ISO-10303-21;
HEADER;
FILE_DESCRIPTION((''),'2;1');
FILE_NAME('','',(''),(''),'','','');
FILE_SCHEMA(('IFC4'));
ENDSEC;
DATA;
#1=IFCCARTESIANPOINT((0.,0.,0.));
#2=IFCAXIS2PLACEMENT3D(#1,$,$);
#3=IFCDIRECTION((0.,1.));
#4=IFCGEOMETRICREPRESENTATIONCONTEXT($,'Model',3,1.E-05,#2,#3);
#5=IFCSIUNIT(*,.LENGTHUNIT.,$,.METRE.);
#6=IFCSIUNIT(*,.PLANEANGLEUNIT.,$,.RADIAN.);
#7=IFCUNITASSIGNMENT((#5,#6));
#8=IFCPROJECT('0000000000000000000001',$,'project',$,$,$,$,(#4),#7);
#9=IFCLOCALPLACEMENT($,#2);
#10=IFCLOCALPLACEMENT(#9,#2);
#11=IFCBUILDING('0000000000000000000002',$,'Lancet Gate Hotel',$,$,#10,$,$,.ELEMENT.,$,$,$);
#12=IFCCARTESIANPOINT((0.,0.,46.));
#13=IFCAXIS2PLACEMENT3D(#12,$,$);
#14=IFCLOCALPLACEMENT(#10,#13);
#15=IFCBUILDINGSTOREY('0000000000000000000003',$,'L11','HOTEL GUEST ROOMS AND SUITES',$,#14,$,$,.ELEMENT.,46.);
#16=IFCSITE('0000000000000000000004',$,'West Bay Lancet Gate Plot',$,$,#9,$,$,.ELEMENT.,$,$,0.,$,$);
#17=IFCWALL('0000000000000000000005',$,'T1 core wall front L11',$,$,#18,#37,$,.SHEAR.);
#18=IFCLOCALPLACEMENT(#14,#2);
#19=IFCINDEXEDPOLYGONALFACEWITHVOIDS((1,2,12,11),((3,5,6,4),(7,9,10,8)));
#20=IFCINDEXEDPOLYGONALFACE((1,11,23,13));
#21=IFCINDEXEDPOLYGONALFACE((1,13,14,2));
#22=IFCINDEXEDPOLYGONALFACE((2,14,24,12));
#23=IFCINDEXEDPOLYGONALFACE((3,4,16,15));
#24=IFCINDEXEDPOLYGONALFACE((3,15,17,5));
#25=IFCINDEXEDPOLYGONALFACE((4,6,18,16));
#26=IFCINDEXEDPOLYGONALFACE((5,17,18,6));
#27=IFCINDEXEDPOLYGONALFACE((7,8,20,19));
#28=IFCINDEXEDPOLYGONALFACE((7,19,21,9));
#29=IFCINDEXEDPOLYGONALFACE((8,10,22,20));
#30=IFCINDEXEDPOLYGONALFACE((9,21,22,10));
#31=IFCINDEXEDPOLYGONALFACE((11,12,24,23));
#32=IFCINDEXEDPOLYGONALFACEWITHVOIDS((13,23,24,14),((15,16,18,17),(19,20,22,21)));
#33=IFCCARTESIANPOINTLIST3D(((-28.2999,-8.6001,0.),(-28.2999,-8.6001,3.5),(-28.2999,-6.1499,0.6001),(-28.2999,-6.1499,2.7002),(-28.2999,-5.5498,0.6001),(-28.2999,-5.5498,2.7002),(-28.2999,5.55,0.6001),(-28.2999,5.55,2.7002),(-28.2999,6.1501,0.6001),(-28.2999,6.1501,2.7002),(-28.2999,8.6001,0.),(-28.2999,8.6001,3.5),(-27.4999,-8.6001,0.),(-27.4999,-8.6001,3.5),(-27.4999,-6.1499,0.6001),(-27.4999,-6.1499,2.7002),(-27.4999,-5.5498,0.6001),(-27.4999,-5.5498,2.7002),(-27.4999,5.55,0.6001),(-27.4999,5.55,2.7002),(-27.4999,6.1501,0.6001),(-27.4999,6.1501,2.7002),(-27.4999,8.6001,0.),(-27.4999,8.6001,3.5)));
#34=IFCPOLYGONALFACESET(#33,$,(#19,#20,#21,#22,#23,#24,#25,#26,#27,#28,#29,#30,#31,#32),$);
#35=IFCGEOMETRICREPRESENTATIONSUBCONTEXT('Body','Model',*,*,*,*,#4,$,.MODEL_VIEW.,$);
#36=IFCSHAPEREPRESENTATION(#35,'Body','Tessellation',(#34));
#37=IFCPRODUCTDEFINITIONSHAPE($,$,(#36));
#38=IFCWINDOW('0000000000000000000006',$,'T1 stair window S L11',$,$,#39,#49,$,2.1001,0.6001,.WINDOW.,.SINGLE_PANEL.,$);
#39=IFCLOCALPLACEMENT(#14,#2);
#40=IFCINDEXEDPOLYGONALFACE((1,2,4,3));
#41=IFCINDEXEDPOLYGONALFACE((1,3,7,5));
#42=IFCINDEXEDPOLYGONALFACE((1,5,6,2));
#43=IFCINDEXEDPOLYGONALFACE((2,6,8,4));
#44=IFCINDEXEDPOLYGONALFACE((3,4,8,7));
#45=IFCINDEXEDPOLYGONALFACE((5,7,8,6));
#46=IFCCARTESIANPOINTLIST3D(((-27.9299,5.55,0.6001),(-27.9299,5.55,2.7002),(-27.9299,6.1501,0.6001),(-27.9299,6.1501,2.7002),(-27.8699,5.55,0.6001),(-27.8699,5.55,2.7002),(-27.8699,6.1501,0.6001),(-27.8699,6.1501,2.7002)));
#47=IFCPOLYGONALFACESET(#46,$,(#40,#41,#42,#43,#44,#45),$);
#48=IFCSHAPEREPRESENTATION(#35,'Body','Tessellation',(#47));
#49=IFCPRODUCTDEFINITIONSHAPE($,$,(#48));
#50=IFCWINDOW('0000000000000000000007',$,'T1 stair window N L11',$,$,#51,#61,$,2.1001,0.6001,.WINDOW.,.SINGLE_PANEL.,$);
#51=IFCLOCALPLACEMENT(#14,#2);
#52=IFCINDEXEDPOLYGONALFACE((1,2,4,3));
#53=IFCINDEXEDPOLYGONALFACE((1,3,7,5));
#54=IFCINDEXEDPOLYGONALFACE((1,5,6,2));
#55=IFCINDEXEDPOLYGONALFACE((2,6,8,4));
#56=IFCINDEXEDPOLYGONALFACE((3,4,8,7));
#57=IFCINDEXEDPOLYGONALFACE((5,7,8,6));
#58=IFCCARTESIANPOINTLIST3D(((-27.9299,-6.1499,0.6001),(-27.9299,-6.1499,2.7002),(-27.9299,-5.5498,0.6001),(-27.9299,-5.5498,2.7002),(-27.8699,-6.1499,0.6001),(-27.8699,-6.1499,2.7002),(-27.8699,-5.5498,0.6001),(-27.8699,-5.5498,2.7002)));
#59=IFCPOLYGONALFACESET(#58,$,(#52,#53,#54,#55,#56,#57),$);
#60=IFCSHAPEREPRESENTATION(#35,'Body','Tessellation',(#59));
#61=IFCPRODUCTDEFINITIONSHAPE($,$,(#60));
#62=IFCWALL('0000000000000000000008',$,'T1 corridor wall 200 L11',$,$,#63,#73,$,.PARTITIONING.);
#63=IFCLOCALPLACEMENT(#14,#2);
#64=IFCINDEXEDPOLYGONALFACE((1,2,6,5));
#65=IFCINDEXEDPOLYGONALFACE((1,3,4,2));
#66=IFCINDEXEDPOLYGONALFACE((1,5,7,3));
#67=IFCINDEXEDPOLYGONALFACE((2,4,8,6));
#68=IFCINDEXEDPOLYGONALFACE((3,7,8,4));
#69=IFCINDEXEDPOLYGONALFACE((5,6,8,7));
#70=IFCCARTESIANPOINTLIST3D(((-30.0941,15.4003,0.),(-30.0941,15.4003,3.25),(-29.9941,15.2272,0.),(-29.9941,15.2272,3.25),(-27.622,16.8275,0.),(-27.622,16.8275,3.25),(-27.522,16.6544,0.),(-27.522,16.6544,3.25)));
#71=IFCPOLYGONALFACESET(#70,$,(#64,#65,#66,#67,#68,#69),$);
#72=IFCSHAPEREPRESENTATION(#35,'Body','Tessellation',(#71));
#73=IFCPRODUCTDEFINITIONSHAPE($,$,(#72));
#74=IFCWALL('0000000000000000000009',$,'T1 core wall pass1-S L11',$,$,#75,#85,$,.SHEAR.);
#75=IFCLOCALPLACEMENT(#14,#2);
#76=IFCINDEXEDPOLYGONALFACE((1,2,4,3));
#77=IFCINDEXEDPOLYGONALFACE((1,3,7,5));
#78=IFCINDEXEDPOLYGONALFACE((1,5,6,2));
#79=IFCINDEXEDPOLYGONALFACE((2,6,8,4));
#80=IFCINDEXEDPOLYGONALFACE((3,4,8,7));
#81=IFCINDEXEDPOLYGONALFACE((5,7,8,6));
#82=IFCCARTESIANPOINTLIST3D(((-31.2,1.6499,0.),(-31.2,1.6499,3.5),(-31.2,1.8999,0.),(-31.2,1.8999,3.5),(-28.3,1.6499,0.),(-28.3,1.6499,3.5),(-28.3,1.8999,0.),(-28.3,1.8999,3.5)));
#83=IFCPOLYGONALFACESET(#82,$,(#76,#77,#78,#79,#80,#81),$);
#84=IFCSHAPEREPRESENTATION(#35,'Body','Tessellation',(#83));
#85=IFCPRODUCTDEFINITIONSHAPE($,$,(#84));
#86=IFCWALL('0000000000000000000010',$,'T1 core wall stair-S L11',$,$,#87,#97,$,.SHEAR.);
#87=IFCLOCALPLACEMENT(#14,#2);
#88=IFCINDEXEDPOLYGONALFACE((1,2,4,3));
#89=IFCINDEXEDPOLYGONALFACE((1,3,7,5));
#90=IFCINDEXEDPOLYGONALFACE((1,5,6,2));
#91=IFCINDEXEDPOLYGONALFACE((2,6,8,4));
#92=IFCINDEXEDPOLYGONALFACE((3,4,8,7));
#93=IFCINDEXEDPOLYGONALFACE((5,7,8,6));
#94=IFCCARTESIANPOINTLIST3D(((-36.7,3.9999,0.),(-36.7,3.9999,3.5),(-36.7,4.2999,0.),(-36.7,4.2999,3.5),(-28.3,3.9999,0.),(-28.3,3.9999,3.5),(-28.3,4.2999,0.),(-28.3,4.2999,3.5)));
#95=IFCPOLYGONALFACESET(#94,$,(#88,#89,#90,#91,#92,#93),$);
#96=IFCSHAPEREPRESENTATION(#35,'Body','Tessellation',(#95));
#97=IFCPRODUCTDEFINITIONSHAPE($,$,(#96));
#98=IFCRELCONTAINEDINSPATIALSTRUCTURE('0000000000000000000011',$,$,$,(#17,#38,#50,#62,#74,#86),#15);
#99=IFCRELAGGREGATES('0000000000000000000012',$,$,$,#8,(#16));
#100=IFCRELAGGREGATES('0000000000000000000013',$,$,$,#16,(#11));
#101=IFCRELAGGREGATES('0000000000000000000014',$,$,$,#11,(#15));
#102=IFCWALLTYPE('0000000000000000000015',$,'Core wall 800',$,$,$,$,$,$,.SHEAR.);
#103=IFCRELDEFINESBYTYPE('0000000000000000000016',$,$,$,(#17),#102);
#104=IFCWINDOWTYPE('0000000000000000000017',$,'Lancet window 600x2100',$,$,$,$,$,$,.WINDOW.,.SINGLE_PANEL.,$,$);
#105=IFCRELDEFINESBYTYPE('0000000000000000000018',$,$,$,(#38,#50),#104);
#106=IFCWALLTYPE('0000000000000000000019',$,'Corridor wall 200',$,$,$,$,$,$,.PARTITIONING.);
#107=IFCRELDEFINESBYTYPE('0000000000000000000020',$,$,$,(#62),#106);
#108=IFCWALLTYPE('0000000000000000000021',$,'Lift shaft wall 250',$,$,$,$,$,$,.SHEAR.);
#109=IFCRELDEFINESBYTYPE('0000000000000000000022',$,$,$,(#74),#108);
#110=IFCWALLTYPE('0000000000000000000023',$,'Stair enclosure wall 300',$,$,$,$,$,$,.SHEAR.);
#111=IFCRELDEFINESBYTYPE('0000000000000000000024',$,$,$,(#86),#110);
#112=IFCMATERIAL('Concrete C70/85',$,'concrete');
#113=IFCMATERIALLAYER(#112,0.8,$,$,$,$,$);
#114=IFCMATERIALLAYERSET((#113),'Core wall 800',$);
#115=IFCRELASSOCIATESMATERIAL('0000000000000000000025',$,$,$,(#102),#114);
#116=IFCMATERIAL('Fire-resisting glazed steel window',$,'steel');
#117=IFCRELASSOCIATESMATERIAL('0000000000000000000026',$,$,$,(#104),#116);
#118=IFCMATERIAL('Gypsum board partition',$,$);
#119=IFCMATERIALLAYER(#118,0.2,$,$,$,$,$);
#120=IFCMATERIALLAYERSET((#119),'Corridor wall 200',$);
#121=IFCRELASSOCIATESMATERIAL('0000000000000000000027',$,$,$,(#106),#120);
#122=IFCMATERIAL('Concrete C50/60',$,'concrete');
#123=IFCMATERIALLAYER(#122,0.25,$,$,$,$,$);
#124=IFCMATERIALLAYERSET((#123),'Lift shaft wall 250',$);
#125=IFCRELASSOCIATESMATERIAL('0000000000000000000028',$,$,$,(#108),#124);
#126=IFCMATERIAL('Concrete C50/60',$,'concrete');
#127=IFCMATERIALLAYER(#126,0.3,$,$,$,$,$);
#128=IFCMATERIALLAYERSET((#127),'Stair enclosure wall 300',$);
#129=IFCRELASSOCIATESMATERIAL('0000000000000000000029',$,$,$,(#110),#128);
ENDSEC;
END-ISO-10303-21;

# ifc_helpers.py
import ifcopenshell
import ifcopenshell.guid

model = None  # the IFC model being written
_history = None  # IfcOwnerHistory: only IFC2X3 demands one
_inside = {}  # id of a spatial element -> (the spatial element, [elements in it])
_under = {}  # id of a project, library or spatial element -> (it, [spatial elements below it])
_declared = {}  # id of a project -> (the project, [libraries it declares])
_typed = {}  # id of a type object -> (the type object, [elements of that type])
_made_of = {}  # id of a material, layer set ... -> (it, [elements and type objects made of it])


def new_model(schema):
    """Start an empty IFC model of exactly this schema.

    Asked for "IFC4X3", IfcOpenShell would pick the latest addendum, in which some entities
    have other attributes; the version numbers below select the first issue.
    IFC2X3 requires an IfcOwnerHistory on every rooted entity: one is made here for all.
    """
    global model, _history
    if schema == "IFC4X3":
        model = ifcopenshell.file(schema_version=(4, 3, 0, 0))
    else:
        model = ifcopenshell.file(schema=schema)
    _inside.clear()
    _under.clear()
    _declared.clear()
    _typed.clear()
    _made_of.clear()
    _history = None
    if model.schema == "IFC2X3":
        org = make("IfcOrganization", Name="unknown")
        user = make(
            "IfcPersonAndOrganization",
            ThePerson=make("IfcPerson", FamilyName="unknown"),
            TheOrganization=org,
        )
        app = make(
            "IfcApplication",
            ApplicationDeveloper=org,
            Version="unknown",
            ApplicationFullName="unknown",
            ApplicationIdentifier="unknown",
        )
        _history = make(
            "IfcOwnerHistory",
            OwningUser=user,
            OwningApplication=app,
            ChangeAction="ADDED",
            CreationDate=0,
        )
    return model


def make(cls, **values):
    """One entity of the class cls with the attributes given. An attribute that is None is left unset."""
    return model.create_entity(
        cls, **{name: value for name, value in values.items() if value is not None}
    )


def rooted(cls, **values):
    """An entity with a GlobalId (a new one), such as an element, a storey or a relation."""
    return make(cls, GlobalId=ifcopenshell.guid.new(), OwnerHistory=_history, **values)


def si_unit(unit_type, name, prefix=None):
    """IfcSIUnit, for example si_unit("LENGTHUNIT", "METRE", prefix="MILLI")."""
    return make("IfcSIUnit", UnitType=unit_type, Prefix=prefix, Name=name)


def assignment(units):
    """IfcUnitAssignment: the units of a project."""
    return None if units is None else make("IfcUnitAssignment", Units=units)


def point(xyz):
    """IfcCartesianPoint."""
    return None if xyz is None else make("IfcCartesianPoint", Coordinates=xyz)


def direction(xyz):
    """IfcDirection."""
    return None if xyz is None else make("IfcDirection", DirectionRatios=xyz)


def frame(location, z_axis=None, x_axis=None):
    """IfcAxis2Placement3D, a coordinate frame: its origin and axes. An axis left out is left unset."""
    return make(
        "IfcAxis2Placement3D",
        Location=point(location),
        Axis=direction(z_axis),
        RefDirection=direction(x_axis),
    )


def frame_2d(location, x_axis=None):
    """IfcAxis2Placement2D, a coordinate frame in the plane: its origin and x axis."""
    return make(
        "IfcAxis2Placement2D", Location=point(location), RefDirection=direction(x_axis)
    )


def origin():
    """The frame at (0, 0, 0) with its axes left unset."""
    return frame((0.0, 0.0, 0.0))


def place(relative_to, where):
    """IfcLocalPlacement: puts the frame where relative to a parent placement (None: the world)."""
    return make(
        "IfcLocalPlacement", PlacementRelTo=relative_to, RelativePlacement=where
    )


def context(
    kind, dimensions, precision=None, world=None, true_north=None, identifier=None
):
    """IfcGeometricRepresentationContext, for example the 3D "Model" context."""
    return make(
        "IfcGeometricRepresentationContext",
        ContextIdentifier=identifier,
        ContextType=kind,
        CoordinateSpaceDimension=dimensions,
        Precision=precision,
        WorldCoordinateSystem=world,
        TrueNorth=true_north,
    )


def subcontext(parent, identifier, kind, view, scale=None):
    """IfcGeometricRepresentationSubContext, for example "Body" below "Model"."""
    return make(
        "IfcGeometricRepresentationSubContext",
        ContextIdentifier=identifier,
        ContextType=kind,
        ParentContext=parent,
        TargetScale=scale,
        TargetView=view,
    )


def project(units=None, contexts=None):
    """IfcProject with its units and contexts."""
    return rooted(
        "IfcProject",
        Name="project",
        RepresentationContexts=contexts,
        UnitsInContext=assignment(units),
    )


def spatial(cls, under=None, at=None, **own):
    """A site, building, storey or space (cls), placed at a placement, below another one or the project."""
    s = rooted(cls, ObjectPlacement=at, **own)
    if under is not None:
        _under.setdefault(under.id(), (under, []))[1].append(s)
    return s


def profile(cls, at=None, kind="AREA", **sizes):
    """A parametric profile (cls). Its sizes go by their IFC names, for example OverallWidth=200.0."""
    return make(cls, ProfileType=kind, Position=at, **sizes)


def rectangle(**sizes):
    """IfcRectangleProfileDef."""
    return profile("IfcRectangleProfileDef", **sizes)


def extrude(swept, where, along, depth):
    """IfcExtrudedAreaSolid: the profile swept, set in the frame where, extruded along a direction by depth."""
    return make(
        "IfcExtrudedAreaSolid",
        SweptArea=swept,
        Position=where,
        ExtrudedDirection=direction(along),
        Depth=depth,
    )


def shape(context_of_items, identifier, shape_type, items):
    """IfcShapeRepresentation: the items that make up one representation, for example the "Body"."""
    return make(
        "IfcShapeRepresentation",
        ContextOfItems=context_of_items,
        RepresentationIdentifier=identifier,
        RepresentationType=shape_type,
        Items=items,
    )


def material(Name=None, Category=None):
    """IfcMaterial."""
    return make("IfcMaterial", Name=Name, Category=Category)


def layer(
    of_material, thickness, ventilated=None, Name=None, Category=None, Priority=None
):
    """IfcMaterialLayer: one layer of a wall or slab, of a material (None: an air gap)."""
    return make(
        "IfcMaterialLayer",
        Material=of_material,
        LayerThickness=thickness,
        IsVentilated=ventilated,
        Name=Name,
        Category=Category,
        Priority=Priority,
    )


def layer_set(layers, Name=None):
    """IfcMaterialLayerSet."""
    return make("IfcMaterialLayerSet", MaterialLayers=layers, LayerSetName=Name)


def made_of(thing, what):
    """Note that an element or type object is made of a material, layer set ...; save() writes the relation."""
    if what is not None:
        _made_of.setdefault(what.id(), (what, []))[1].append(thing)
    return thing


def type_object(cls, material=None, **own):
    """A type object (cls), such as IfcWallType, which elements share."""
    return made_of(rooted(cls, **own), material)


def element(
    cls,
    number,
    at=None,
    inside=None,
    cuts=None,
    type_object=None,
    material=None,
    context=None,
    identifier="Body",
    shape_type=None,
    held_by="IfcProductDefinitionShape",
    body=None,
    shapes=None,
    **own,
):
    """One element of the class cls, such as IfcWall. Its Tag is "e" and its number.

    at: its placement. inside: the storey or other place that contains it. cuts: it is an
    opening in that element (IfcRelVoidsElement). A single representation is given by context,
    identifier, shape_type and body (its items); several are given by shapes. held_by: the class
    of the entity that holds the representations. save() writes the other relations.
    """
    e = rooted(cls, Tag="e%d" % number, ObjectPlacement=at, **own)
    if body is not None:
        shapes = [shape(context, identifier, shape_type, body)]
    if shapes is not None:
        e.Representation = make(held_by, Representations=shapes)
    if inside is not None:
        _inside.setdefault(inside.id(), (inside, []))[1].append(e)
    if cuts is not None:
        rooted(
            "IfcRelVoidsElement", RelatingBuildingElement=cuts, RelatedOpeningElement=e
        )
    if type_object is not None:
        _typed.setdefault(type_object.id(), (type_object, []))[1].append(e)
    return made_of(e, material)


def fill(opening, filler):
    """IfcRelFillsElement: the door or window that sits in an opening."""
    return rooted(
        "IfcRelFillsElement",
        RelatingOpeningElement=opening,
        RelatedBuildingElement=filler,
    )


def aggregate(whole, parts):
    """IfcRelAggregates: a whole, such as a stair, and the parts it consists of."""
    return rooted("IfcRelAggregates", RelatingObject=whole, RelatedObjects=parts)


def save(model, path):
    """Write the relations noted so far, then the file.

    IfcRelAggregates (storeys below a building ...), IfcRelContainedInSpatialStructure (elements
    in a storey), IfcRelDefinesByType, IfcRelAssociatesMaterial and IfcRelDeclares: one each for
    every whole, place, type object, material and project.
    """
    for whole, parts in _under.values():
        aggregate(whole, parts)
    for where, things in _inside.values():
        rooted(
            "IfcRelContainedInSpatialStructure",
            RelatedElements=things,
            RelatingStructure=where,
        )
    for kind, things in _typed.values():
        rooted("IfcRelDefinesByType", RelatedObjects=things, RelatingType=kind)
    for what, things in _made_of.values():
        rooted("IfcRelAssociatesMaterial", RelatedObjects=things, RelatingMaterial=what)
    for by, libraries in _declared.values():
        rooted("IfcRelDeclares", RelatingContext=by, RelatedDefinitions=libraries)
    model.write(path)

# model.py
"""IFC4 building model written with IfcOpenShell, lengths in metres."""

from ifc_helpers import new_model, si_unit, direction, frame, frame_2d, origin, place, context, subcontext, project, spatial, rectangle, extrude, material, layer, layer_set, type_object, element, fill, save


model = new_model("IFC4")

# Units and contexts
model_context = context("Model", 3, precision=1e-05, world=origin(), true_north=direction((0.0, 1.0)))
body_context = subcontext(model_context, "Body", "Model", "MODEL_VIEW")
ifc_project = project(units=[si_unit("LENGTHUNIT", "METRE"), si_unit("PLANEANGLEUNIT", "RADIAN")], contexts=[model_context])

# Site, building, storey
site_placement = place(None, origin())
site = spatial("IfcSite", under=ifc_project, at=site_placement, Name="West Bay Lancet Gate Plot", CompositionType="ELEMENT", RefElevation=0.0)
building_placement = place(site_placement, origin())
building = spatial("IfcBuilding", under=site, at=building_placement, Name="Lancet Gate Hotel", CompositionType="ELEMENT")
storey_placement = place(building_placement, frame((0.0, 0.0, 46.0)))
storey = spatial("IfcBuildingStorey", under=building, at=storey_placement, Name="L11", Description="HOTEL GUEST ROOMS AND SUITES", CompositionType="ELEMENT", Elevation=46.0)

# Wall, openings, windows
ifc_material_1 = material(Name="Concrete C70/85", Category="concrete")
ifc_layer_1 = layer(ifc_material_1, 0.8)
ifc_layer_set_1 = layer_set([ifc_layer_1], Name="Core wall 800")
wall_type_1 = type_object("IfcWallType", Name="Core wall 800", PredefinedType="SHEAR", material=ifc_layer_set_1)
wall_1_placement = place(storey_placement, frame((-27.8999, 8.6001, 0.0), z_axis=(0.0, 0.0, 1.0), x_axis=(0.0, -1.0, 0.0)))
wall_1 = element("IfcWall", 1, at=wall_1_placement, inside=storey, type_object=wall_type_1, Name="T1 core wall front L11", PredefinedType="SHEAR", context=body_context, shape_type="SweptSolid", body=[
    extrude(rectangle(XDim=17.2002, YDim=0.8, at=frame_2d((8.6001, 0.0))), origin(), (0.0, 0.0, 1.0), 3.5),
])
opening_1_placement = place(wall_1_placement, frame((2.45, 0.0, 0.6001)))
opening_1 = element("IfcOpeningElement", 2, at=opening_1_placement, cuts=wall_1, PredefinedType="OPENING", context=body_context, shape_type="SweptSolid", body=[
    extrude(rectangle(XDim=0.6001, YDim=2.1001, at=frame_2d((0.3, 1.05))), frame((0.0, 0.4099, 0.0), z_axis=(0.0, -1.0, 0.0), x_axis=(1.0, 0.0, 0.0)), (0.0, 0.0, 1.0), 0.8201),
])
opening_2_placement = place(wall_1_placement, frame((14.1499, 0.0, 0.6001)))
opening_2 = element("IfcOpeningElement", 3, at=opening_2_placement, cuts=wall_1, PredefinedType="OPENING", context=body_context, shape_type="SweptSolid", body=[
    extrude(rectangle(XDim=0.6001, YDim=2.1001, at=frame_2d((0.3, 1.05))), frame((0.0, 0.4099, 0.0), z_axis=(0.0, -1.0, 0.0), x_axis=(1.0, 0.0, 0.0)), (0.0, 0.0, 1.0), 0.8201),
])
ifc_material_2 = material(Name="Fire-resisting glazed steel window", Category="steel")
window_type = type_object("IfcWindowType", Name="Lancet window 600x2100", PartitioningType="SINGLE_PANEL", PredefinedType="WINDOW", material=ifc_material_2)
window_1_placement = place(opening_1_placement, origin())
window_1 = element("IfcWindow", 4, at=window_1_placement, inside=storey, type_object=window_type, Name="T1 stair window S L11", OverallHeight=2.1001, OverallWidth=0.6001, PartitioningType="SINGLE_PANEL", PredefinedType="WINDOW", context=body_context, shape_type="SweptSolid", body=[
    extrude(rectangle(XDim=0.6001, YDim=2.1001, at=frame_2d((0.3, 1.05))), frame((0.0, 0.03, 0.0), z_axis=(0.0, -1.0, 0.0), x_axis=(1.0, 0.0, 0.0)), (0.0, 0.0, 1.0), 0.0601),
])
fill(opening_1, window_1)
window_2_placement = place(opening_2_placement, origin())
window_2 = element("IfcWindow", 5, at=window_2_placement, inside=storey, type_object=window_type, Name="T1 stair window N L11", OverallHeight=2.1001, OverallWidth=0.6001, PartitioningType="SINGLE_PANEL", PredefinedType="WINDOW", context=body_context, shape_type="SweptSolid", body=[
    extrude(rectangle(XDim=0.6001, YDim=2.1001, at=frame_2d((0.3, 1.05))), frame((0.0, 0.03, 0.0), z_axis=(0.0, -1.0, 0.0), x_axis=(1.0, 0.0, 0.0)), (0.0, 0.0, 1.0), 0.0601),
])
fill(opening_2, window_2)

# Walls
ifc_material_3 = material(Name="Gypsum board partition")
ifc_layer_2 = layer(ifc_material_3, 0.2)
ifc_layer_set_2 = layer_set([ifc_layer_2], Name="Corridor wall 200")
wall_type_2 = type_object("IfcWallType", Name="Corridor wall 200", PredefinedType="PARTITIONING", material=ifc_layer_set_2)
wall_2_placement = place(storey_placement, frame((-27.572, 16.741, 0.0), z_axis=(0.0, 0.0, 1.0), x_axis=(-0.866035, -0.499984, 0.0)))
element("IfcWall", 6, at=wall_2_placement, inside=storey, type_object=wall_type_2, Name="T1 corridor wall 200 L11", PredefinedType="PARTITIONING", context=body_context, shape_type="SweptSolid", body=[
    extrude(rectangle(XDim=2.8545, YDim=0.2, at=frame_2d((1.4272, 0.0))), origin(), (0.0, 0.0, 1.0), 3.25),
])
ifc_material_4 = material(Name="Concrete C50/60", Category="concrete")
ifc_layer_3 = layer(ifc_material_4, 0.25)
ifc_layer_set_3 = layer_set([ifc_layer_3], Name="Lift shaft wall 250")
wall_type_3 = type_object("IfcWallType", Name="Lift shaft wall 250", PredefinedType="SHEAR", material=ifc_layer_set_3)
wall_3_placement = place(storey_placement, frame((-28.3, 1.7749, 0.0), z_axis=(0.0, 0.0, 1.0), x_axis=(-1.0, 0.0, 0.0)))
element("IfcWall", 7, at=wall_3_placement, inside=storey, type_object=wall_type_3, Name="T1 core wall pass1-S L11", PredefinedType="SHEAR", context=body_context, shape_type="SweptSolid", body=[
    extrude(rectangle(XDim=2.8999, YDim=0.25, at=frame_2d((1.45, 0.0))), origin(), (0.0, 0.0, 1.0), 3.5),
])
ifc_material_5 = material(Name="Concrete C50/60", Category="concrete")
ifc_layer_4 = layer(ifc_material_5, 0.3)
ifc_layer_set_4 = layer_set([ifc_layer_4], Name="Stair enclosure wall 300")
wall_type_4 = type_object("IfcWallType", Name="Stair enclosure wall 300", PredefinedType="SHEAR", material=ifc_layer_set_4)
wall_4_placement = place(storey_placement, frame((-28.3, 4.1499, 0.0), z_axis=(0.0, 0.0, 1.0), x_axis=(-1.0, 0.0, 0.0)))
element("IfcWall", 8, at=wall_4_placement, inside=storey, type_object=wall_type_4, Name="T1 core wall stair-S L11", PredefinedType="SHEAR", context=body_context, shape_type="SweptSolid", body=[
    extrude(rectangle(XDim=8.3999, YDim=0.3, at=frame_2d((4.2, 0.0))), origin(), (0.0, 0.0, 1.0), 3.5),
])

save(model, "model.ifc")
